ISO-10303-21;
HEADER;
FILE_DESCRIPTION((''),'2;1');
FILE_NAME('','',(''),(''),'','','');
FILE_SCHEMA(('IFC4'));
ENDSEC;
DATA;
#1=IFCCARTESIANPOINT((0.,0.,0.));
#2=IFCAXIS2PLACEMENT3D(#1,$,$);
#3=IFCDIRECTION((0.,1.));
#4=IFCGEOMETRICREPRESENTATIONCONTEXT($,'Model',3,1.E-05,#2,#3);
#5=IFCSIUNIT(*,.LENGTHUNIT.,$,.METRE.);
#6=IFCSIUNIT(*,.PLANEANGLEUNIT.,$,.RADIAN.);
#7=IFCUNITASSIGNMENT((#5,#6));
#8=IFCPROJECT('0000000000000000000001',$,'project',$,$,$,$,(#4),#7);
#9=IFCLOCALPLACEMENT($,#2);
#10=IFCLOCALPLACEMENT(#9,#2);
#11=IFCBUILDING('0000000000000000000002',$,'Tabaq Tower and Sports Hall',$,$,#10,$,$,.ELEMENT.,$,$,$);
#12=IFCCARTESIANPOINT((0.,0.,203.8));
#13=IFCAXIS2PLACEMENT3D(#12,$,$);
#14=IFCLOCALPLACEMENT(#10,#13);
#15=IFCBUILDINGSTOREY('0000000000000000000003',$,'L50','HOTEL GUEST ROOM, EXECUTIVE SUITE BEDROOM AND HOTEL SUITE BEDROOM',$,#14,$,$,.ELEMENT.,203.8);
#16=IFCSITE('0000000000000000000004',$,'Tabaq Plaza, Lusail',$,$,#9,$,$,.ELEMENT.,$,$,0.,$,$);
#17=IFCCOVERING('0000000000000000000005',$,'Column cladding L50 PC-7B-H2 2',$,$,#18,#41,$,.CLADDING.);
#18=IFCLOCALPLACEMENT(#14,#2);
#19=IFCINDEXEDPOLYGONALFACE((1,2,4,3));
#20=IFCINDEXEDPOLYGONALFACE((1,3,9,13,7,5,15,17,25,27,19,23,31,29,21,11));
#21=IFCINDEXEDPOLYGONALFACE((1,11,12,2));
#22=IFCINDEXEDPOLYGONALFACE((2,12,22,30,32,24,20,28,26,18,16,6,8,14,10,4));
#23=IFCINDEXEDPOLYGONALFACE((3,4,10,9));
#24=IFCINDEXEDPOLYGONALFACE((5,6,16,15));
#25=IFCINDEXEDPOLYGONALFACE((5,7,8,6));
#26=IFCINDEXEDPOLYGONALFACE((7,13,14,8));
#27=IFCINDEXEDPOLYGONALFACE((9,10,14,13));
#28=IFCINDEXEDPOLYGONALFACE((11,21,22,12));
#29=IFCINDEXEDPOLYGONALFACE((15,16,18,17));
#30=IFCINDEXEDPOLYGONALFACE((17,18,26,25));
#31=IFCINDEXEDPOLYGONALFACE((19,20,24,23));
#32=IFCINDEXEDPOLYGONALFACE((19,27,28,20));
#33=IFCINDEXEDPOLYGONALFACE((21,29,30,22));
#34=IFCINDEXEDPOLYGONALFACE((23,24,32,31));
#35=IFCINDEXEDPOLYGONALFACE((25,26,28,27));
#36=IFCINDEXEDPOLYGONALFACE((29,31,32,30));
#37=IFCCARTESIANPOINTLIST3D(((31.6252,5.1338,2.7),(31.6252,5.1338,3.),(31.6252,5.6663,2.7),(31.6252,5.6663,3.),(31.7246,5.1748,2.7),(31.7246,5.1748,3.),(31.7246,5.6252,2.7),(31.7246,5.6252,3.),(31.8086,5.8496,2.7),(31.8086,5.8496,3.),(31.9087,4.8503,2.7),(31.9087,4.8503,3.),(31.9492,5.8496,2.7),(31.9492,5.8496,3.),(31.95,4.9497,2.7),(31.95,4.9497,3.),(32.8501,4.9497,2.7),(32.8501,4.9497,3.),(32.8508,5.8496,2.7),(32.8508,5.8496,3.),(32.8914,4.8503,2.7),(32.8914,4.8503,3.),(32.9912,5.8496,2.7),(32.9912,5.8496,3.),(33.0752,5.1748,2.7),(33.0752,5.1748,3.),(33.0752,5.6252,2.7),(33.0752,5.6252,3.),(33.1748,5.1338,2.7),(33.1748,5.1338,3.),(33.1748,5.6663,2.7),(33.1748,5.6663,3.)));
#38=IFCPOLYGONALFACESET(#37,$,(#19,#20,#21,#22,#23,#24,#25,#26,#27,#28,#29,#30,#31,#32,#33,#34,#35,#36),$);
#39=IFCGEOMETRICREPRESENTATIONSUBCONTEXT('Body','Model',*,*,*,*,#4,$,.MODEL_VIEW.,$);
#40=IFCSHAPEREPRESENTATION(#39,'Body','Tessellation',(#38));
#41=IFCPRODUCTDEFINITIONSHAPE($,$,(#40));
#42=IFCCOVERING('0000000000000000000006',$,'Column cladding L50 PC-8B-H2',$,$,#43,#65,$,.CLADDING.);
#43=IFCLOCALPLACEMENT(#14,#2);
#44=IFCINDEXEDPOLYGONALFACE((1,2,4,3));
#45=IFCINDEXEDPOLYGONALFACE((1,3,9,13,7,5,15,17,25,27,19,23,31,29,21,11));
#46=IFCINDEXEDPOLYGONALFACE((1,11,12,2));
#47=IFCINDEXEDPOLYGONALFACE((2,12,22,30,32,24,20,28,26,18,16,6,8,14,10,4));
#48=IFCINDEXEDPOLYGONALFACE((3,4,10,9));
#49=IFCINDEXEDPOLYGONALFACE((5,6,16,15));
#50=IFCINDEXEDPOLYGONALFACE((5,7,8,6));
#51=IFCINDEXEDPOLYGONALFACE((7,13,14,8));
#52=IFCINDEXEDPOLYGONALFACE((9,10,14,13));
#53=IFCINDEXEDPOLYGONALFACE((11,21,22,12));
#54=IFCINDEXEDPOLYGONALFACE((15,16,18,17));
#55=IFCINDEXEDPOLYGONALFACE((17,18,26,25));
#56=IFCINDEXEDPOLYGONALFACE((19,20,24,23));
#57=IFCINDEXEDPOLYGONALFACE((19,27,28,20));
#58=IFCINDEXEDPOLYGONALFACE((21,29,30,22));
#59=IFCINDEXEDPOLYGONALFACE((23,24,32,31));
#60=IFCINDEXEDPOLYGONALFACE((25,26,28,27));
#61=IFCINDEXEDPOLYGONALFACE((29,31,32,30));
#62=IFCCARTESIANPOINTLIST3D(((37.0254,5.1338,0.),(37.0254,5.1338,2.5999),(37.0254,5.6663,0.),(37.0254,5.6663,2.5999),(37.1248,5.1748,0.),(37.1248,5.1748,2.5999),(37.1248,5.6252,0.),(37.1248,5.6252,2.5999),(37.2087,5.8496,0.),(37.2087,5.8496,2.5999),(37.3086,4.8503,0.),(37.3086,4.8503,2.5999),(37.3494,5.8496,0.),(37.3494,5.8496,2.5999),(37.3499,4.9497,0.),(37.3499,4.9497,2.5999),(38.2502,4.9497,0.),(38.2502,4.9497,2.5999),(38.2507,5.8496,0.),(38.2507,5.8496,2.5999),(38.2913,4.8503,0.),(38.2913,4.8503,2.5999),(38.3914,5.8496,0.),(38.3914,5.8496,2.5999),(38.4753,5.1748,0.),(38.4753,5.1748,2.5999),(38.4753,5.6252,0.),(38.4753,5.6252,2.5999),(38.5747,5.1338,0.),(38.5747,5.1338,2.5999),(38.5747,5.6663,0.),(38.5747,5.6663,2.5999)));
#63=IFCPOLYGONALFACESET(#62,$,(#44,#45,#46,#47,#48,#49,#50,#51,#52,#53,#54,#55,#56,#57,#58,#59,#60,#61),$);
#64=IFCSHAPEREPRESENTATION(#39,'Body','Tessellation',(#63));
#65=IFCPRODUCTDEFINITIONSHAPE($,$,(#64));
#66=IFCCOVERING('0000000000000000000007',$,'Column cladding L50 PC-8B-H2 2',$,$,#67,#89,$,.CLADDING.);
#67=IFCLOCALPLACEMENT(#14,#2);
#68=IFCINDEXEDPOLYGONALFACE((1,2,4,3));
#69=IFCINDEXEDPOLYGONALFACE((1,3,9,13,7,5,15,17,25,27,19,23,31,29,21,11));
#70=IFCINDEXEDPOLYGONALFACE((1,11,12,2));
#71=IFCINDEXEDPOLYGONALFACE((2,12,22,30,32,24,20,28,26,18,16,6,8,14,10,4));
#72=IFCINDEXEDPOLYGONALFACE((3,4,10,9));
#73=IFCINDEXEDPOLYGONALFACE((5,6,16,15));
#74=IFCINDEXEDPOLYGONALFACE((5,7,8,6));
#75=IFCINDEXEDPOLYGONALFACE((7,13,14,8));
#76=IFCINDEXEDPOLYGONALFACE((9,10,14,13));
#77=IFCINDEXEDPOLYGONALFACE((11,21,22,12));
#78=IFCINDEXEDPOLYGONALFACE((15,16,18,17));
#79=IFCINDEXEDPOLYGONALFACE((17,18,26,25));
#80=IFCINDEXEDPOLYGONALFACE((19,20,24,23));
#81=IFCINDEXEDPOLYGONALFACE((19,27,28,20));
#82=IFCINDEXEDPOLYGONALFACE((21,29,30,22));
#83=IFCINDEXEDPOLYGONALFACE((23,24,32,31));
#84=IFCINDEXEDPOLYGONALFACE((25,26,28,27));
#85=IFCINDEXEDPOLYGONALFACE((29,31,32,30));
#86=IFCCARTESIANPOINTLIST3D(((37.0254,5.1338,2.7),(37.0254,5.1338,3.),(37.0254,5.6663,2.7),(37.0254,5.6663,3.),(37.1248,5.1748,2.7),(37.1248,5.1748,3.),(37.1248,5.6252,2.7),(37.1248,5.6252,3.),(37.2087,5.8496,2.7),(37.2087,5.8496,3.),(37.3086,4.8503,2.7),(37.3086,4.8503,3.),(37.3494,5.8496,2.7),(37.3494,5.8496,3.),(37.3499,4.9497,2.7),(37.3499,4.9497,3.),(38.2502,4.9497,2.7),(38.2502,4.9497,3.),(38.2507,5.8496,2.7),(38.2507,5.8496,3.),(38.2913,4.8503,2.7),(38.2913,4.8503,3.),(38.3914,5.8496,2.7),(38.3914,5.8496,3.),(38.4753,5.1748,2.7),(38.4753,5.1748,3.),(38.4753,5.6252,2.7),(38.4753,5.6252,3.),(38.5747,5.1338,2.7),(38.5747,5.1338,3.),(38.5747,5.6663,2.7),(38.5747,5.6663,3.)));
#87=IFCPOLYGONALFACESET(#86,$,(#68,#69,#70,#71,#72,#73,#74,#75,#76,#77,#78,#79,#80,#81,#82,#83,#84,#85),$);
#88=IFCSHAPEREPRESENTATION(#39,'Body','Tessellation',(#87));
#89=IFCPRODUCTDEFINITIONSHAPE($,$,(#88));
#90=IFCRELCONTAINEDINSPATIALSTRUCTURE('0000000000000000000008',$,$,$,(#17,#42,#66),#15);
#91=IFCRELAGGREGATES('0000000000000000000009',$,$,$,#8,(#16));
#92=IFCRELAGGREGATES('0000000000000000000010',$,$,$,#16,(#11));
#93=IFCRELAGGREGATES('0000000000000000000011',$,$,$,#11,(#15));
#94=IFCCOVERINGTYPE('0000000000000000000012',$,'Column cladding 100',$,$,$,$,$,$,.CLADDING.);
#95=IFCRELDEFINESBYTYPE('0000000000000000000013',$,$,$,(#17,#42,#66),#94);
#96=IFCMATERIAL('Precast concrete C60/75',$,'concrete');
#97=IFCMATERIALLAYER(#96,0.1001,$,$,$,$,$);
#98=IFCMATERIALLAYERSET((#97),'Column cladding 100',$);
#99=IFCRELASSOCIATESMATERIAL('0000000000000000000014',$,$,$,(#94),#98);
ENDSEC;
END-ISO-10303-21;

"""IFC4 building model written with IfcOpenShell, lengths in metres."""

from ifc_helpers import new_model, si_unit, direction, frame, origin, place, context, subcontext, project, spatial, polyline, outline, extrude, material, layer, layer_set, type_object, element, save


model = new_model("IFC4")

# Units and contexts
model_context = context("Model", 3, precision=1e-05, world=origin(), true_north=direction((0.0, 1.0)))
body_context = subcontext(model_context, "Body", "Model", "MODEL_VIEW")
ifc_project = project(units=[si_unit("LENGTHUNIT", "METRE"), si_unit("PLANEANGLEUNIT", "RADIAN")], contexts=[model_context])

# Site, building, storey
site_placement = place(None, origin())
site = spatial("IfcSite", under=ifc_project, at=site_placement, Name="Tabaq Plaza, Lusail", CompositionType="ELEMENT", RefElevation=0.0)
building_placement = place(site_placement, origin())
building = spatial("IfcBuilding", under=site, at=building_placement, Name="Tabaq Tower and Sports Hall", CompositionType="ELEMENT")
storey_placement = place(building_placement, frame((0.0, 0.0, 203.8)))
storey = spatial("IfcBuildingStorey", under=building, at=storey_placement, Name="L50", Description="HOTEL GUEST ROOM, EXECUTIVE SUITE BEDROOM AND HOTEL SUITE BEDROOM", CompositionType="ELEMENT", Elevation=203.8)

# Coverings
ifc_material_1 = material(Name="Precast concrete C60/75", Category="concrete")
ifc_layer_1 = layer(ifc_material_1, 0.1001)
ifc_layer_set_1 = layer_set([ifc_layer_1], Name="Column cladding 100")
covering_type = type_object("IfcCoveringType", Name="Column cladding 100", PredefinedType="CLADDING", material=ifc_layer_set_1)
covering_1_placement = place(storey_placement, frame((0.0, 0.0, 2.7)))
element("IfcCovering", 1, at=covering_1_placement, inside=storey, type_object=covering_type, Name="Column cladding L50 PC-7B-H2 2", PredefinedType="CLADDING", context=body_context, shape_type="SweptSolid", body=[
    extrude(outline(polyline([(31.6252, 5.6663), (31.8086, 5.8496), (31.9492, 5.8496), (31.7246, 5.6252), (31.7246, 5.1748), (31.95, 4.9497), (32.8501, 4.9497), (33.0752, 5.1748), (33.0752, 5.6252), (32.8508, 5.8496), (32.9912, 5.8496), (33.1748, 5.6663), (33.1748, 5.1338), (32.8914, 4.8503), (31.9087, 4.8503), (31.6252, 5.1338), (31.6252, 5.6663)])), origin(), (0.0, 0.0, 1.0), 0.3),
])
covering_2_placement = place(storey_placement, origin())
element("IfcCovering", 2, at=covering_2_placement, inside=storey, type_object=covering_type, Name="Column cladding L50 PC-8B-H2", PredefinedType="CLADDING", context=body_context, shape_type="SweptSolid", body=[
    extrude(outline(polyline([(37.0254, 5.6663), (37.2087, 5.8496), (37.3494, 5.8496), (37.1248, 5.6252), (37.1248, 5.1748), (37.3499, 4.9497), (38.2502, 4.9497), (38.4753, 5.1748), (38.4753, 5.6252), (38.2507, 5.8496), (38.3914, 5.8496), (38.5747, 5.6663), (38.5747, 5.1338), (38.2913, 4.8503), (37.3086, 4.8503), (37.0254, 5.1338), (37.0254, 5.6663)])), origin(), (0.0, 0.0, 1.0), 2.5999),
])
covering_3_placement = place(storey_placement, frame((0.0, 0.0, 2.7)))
element("IfcCovering", 3, at=covering_3_placement, inside=storey, type_object=covering_type, Name="Column cladding L50 PC-8B-H2 2", PredefinedType="CLADDING", context=body_context, shape_type="SweptSolid", body=[
    extrude(outline(polyline([(37.0254, 5.6663), (37.2087, 5.8496), (37.3494, 5.8496), (37.1248, 5.6252), (37.1248, 5.1748), (37.3499, 4.9497), (38.2502, 4.9497), (38.4753, 5.1748), (38.4753, 5.6252), (38.2507, 5.8496), (38.3914, 5.8496), (38.5747, 5.6663), (38.5747, 5.1338), (38.2913, 4.8503), (37.3086, 4.8503), (37.0254, 5.1338), (37.0254, 5.6663)])), origin(), (0.0, 0.0, 1.0), 0.3),
])

save(model, "model.ifc")
